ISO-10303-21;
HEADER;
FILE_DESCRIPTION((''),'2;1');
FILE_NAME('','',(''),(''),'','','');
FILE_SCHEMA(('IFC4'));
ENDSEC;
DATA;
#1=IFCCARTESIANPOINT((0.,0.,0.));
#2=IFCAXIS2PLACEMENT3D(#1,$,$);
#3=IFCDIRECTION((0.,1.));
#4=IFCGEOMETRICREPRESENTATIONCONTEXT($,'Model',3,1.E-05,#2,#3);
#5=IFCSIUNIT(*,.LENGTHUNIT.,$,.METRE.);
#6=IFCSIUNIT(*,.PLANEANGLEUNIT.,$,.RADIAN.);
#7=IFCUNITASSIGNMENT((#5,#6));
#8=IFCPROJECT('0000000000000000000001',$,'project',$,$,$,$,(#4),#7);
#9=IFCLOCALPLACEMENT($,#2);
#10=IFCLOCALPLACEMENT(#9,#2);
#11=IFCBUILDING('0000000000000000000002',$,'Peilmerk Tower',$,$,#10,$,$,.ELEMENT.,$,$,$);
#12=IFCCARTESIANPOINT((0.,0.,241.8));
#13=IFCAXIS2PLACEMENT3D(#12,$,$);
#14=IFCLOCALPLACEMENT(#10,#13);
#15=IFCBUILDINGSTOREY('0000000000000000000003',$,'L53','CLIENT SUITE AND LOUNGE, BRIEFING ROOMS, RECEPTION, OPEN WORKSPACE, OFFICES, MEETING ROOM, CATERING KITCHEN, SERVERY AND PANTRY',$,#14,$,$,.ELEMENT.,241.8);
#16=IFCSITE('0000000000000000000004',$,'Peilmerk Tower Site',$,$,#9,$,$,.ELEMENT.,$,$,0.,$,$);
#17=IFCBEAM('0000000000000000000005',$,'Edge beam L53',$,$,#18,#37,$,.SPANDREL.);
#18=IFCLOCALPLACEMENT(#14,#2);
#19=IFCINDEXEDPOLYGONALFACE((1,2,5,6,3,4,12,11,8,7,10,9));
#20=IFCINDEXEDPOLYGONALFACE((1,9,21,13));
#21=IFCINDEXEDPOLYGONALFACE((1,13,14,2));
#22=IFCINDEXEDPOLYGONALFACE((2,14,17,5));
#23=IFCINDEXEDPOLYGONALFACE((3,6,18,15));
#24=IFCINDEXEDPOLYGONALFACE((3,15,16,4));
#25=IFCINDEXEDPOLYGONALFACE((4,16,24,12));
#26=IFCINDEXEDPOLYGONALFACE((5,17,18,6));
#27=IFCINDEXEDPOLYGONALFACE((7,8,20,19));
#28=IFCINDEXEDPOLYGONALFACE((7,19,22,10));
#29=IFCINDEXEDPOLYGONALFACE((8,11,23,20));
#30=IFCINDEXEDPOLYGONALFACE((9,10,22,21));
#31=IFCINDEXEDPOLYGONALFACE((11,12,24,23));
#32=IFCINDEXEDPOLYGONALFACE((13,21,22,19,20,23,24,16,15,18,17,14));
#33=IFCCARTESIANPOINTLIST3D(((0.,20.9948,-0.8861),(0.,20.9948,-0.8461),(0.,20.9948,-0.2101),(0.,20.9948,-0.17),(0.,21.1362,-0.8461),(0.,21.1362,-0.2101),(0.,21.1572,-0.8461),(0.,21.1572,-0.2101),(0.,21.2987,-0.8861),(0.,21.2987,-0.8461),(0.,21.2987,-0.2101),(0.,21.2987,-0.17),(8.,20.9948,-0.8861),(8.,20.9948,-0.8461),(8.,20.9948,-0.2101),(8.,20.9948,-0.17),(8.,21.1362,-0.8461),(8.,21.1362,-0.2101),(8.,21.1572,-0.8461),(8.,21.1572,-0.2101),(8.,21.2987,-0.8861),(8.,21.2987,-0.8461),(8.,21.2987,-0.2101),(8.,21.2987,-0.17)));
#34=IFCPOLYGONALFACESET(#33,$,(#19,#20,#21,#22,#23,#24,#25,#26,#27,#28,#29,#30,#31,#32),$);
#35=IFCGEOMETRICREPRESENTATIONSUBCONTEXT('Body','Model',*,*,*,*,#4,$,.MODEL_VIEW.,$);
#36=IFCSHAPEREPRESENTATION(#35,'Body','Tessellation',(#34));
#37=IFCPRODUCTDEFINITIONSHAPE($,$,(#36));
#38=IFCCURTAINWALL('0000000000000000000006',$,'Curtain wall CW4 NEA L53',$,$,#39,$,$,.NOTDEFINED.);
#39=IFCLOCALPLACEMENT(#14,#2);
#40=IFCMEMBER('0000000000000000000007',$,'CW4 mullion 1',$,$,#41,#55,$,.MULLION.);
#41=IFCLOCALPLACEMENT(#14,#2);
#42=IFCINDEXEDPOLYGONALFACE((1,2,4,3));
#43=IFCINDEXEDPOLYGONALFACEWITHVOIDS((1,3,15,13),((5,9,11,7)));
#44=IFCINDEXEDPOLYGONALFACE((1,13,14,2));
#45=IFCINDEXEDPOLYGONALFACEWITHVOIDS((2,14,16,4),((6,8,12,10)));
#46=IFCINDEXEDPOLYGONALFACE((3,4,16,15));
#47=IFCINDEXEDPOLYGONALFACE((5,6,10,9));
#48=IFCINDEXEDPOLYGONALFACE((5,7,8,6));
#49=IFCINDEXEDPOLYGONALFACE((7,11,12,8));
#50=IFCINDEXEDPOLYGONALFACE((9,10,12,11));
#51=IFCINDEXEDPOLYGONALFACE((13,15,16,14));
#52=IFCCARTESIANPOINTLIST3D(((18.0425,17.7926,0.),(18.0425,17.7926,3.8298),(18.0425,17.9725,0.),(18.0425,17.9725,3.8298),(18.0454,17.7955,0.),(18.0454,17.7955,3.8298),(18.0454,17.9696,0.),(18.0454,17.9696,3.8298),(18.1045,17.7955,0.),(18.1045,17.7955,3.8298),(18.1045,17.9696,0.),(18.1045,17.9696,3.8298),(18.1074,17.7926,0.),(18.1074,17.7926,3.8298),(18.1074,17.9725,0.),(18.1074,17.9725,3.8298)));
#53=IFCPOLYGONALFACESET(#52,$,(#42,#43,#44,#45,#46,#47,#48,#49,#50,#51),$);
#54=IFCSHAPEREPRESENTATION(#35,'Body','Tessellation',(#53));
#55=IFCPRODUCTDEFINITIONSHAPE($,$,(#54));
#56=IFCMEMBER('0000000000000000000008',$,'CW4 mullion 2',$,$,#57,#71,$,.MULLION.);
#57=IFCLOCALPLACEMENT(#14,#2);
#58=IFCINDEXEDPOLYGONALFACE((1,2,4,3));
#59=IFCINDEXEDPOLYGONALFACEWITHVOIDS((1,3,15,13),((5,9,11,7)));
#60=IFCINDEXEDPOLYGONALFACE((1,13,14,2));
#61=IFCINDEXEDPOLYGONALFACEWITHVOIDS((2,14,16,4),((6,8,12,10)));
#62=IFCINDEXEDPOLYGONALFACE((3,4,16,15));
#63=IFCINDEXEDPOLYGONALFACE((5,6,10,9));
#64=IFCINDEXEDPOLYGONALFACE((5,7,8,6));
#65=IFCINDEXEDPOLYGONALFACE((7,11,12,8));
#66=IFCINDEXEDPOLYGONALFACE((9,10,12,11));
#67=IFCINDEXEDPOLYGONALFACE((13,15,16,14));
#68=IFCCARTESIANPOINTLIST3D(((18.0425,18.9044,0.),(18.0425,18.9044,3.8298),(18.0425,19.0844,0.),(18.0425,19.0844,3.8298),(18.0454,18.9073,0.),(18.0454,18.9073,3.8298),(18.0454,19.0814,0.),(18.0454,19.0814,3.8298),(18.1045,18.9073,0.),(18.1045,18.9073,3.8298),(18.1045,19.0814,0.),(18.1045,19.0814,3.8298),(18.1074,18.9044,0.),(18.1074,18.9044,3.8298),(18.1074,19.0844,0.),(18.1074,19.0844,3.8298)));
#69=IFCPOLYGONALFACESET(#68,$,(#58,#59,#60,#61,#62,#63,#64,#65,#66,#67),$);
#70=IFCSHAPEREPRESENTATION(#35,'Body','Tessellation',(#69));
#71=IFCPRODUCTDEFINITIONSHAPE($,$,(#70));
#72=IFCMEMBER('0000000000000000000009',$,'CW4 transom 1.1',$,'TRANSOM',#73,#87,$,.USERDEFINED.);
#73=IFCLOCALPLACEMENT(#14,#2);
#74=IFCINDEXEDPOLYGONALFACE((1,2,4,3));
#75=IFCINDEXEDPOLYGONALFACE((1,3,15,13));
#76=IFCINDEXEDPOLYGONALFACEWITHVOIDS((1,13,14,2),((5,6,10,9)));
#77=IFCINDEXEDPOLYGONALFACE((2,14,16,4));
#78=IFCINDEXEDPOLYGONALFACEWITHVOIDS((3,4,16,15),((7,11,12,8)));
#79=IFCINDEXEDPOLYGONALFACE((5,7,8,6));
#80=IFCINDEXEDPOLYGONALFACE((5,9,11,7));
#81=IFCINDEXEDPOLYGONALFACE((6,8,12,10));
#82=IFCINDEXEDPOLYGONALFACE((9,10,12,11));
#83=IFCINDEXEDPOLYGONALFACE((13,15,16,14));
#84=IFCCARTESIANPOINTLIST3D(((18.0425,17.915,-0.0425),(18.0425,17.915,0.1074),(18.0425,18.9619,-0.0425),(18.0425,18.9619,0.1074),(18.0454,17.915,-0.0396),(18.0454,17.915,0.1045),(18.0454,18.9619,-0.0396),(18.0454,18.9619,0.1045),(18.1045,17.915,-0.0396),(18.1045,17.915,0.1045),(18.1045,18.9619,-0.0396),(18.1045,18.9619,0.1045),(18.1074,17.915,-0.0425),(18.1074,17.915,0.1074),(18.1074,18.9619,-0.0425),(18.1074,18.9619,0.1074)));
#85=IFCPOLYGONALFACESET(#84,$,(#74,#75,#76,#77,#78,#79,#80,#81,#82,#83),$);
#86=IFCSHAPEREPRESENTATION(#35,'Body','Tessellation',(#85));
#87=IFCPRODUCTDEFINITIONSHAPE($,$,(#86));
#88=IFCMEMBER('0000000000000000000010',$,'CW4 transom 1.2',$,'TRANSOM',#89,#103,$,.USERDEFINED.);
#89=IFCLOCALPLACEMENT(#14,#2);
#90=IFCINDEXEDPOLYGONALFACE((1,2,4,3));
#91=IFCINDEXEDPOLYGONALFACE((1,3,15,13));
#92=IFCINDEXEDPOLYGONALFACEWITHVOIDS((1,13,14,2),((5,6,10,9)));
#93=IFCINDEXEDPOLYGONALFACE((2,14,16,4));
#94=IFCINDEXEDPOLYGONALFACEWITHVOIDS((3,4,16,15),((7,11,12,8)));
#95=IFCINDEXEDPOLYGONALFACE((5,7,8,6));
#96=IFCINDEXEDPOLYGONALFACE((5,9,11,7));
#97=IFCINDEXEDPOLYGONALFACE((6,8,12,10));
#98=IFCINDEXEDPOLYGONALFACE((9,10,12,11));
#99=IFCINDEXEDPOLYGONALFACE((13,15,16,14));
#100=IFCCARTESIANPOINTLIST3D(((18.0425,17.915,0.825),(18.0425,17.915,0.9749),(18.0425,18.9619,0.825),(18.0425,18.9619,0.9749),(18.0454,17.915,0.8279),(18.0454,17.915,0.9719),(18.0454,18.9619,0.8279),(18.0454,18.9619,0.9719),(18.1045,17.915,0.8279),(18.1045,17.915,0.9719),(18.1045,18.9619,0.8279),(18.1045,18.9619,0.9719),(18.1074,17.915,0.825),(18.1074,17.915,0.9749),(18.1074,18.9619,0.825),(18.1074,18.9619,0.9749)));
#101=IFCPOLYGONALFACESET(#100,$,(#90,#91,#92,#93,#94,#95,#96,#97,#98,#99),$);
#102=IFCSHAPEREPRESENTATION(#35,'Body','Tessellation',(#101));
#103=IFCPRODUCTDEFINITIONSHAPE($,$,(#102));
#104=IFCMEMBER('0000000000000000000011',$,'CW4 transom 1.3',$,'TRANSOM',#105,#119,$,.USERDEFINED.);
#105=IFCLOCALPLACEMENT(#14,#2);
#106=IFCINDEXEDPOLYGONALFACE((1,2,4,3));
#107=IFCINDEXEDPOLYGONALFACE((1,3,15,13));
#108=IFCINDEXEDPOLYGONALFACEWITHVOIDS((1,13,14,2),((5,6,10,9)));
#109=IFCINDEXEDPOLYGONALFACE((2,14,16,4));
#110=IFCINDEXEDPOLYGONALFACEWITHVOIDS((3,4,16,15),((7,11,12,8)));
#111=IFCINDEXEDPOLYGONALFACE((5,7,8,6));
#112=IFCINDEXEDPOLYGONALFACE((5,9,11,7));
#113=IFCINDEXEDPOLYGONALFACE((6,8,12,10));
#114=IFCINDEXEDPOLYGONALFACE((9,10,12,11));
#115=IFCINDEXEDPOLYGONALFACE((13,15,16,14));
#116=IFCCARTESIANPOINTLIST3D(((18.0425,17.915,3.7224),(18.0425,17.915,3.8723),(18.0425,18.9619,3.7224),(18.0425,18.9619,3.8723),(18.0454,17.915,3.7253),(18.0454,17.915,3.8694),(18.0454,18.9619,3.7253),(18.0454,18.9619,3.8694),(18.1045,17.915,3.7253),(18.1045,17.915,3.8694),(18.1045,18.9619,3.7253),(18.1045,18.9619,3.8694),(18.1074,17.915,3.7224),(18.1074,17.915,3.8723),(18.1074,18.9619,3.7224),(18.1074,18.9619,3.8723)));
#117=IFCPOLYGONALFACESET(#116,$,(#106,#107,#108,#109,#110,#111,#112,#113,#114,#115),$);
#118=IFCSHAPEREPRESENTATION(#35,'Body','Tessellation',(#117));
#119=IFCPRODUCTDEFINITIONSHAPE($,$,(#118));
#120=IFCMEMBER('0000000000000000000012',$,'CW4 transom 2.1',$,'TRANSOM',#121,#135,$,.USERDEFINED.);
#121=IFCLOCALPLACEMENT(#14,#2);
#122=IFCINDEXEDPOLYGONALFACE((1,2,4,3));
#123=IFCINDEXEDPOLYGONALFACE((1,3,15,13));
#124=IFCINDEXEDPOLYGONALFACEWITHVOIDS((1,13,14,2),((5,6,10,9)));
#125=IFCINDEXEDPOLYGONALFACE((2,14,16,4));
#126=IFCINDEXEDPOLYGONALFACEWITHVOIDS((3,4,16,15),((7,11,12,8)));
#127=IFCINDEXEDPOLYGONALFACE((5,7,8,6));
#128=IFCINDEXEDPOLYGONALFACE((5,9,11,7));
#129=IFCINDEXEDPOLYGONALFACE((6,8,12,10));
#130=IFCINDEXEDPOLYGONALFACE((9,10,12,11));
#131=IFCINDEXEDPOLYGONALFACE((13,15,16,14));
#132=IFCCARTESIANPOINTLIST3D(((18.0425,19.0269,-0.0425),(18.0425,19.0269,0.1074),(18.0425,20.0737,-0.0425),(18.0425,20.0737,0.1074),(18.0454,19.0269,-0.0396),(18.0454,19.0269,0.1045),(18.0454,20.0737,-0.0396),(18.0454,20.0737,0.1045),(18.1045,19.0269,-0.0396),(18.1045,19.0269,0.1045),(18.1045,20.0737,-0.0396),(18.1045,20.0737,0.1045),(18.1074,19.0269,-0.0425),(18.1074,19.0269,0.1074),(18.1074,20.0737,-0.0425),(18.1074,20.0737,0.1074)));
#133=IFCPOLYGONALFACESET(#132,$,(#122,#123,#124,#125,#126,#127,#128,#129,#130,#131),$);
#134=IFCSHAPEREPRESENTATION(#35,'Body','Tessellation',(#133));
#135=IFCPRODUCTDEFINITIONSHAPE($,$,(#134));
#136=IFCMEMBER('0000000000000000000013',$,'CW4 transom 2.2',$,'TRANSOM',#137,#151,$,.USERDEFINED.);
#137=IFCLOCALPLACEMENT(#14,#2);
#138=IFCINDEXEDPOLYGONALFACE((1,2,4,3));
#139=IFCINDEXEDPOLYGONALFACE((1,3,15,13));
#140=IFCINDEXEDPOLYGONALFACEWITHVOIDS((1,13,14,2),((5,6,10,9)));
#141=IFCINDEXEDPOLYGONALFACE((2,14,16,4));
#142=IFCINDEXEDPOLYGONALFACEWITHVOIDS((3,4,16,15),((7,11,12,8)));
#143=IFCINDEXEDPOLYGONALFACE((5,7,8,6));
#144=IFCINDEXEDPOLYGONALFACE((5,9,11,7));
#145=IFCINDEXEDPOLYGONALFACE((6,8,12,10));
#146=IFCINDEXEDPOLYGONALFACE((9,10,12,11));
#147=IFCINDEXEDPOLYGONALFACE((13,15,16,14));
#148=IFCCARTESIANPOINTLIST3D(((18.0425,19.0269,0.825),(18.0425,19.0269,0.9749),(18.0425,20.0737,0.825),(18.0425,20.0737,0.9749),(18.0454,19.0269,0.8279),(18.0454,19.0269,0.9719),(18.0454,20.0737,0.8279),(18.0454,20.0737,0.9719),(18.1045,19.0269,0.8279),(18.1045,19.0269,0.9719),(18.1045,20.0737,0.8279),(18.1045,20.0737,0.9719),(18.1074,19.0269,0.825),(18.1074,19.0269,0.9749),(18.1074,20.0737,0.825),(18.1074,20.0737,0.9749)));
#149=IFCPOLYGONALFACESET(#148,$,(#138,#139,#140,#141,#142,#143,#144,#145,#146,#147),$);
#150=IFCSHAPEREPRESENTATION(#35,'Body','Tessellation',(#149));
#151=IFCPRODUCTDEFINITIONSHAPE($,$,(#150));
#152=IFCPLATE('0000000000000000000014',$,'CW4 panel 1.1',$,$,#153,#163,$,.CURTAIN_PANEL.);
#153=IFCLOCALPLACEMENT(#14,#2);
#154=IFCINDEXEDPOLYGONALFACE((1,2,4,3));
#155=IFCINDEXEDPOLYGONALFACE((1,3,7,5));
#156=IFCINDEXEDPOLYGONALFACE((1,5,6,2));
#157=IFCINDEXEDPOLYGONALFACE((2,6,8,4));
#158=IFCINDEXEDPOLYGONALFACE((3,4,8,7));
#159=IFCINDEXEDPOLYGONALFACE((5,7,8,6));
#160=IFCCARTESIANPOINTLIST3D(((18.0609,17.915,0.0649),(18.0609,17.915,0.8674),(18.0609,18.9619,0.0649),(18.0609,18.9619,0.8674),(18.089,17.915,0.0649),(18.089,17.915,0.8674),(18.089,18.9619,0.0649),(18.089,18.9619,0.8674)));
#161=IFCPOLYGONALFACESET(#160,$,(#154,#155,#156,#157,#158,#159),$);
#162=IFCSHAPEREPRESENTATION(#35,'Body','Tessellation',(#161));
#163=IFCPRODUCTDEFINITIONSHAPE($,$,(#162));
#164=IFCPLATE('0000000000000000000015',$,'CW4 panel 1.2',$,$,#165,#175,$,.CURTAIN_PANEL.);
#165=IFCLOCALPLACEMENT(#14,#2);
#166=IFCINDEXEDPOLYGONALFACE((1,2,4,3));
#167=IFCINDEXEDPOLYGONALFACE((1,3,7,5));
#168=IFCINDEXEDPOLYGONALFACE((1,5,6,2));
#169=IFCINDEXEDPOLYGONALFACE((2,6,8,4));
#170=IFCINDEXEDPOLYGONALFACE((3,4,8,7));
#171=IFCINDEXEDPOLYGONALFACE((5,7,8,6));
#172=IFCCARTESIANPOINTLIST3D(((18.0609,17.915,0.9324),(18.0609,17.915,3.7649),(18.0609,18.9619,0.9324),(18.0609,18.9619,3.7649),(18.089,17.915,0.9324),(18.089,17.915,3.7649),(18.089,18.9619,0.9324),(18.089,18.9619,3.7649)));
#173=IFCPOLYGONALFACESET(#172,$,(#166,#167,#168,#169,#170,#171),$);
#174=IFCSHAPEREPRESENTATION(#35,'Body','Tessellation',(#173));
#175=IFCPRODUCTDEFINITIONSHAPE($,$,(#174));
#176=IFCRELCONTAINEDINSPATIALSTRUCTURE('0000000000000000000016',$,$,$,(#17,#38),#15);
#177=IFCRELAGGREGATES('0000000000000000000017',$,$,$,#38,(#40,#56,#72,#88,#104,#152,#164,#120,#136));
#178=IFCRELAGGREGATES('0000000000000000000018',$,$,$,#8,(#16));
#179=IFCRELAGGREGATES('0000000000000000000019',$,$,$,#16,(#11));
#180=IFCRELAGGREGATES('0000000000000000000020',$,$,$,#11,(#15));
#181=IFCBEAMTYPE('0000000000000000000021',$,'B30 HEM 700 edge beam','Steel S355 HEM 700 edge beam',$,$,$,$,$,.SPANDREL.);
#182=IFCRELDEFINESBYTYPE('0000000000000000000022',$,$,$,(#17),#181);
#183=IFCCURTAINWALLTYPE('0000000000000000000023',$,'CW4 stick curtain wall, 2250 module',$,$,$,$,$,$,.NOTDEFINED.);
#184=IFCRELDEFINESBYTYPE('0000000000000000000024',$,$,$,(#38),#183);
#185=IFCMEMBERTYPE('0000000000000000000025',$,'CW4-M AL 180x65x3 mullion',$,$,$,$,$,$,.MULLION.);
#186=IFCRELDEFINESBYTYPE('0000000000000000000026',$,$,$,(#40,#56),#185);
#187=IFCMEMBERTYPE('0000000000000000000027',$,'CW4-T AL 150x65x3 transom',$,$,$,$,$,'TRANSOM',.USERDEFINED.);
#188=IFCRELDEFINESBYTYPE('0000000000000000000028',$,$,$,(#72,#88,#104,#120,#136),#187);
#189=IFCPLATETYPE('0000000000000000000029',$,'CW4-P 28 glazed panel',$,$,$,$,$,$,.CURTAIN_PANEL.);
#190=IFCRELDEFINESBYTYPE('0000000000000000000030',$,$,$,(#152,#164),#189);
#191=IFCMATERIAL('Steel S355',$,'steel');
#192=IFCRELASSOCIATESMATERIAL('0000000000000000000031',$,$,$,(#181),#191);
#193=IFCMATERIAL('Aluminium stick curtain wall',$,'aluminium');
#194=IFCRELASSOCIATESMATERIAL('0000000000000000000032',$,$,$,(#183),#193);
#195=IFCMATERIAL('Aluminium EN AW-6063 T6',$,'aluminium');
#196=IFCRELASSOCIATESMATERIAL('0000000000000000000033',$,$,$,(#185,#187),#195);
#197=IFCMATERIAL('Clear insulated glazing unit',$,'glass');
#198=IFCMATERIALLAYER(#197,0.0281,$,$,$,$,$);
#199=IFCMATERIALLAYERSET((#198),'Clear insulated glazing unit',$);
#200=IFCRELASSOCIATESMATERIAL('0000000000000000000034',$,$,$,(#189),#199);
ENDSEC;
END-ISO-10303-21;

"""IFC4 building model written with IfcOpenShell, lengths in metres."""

from ifc_helpers import new_model, si_unit, direction, frame, origin, origin_2d, place, context, subcontext, project, spatial, rectangle, hollow_rectangle, i_section, extrude, material, layer, layer_set, material_profile, profile_set, type_object, element, aggregate, save


model = new_model("IFC4")

# Units and contexts
model_context = context("Model", 3, precision=1e-05, world=origin(), true_north=direction((0.0, 1.0)))
body_context = subcontext(model_context, "Body", "Model", "MODEL_VIEW")
ifc_project = project(units=[si_unit("LENGTHUNIT", "METRE"), si_unit("PLANEANGLEUNIT", "RADIAN")], contexts=[model_context])

# Site, building, storey
site_placement = place(None, origin())
site = spatial("IfcSite", under=ifc_project, at=site_placement, Name="Peilmerk Tower Site", CompositionType="ELEMENT", RefElevation=0.0)
building_placement = place(site_placement, origin())
building = spatial("IfcBuilding", under=site, at=building_placement, Name="Peilmerk Tower", CompositionType="ELEMENT")
storey_placement = place(building_placement, frame((0.0, 0.0, 241.8)))
storey = spatial("IfcBuildingStorey", under=building, at=storey_placement, Name="L53", Description="CLIENT SUITE AND LOUNGE, BRIEFING ROOMS, RECEPTION, OPEN WORKSPACE, OFFICES, MEETING ROOM, CATERING KITCHEN, SERVERY AND PANTRY", CompositionType="ELEMENT", Elevation=241.8)

# Beam
ifc_material_1 = material(Name="Steel S355", Category="steel")
ifc_material_profile_1 = material_profile(ifc_material_1, i_section(OverallWidth=0.304, OverallDepth=0.7161, WebThickness=0.021, FlangeThickness=0.04, at=origin_2d()), Name="HEM 700")
ifc_profile_set_1 = profile_set([ifc_material_profile_1], Name="Steel S355")
beam_type_1 = type_object("IfcBeamType", Name="B30 HEM 700 edge beam", Description="Steel S355 HEM 700 edge beam", PredefinedType="SPANDREL", material=ifc_profile_set_1)
beam_1_placement = place(storey_placement, frame((8.0, 21.1467, -0.5281), z_axis=(-1.0, 0.0, 0.0), x_axis=(0.0, -1.0, 0.0)))
element("IfcBeam", 1, at=beam_1_placement, inside=storey, type_object=beam_type_1, Name="Edge beam L53", PredefinedType="SPANDREL", context=body_context, shape_type="SweptSolid", body=[
    extrude(i_section(OverallWidth=0.304, OverallDepth=0.7161, WebThickness=0.021, FlangeThickness=0.04, at=origin_2d()), origin(), (0.0, 0.0, 1.0), 8.0),
])

# Curtain wall, members, plates
ifc_material_2 = material(Name="Aluminium stick curtain wall", Category="aluminium")
curtain_wall_type = type_object("IfcCurtainWallType", Name="CW4 stick curtain wall, 2250 module", PredefinedType="NOTDEFINED", material=ifc_material_2)
curtain_wall_placement = place(storey_placement, origin())
curtain_wall = element("IfcCurtainWall", 2, at=curtain_wall_placement, inside=storey, type_object=curtain_wall_type, Name="Curtain wall CW4 NEA L53", PredefinedType="NOTDEFINED")
ifc_material_3 = material(Name="Aluminium EN AW-6063 T6", Category="aluminium")
ifc_material_profile_2 = material_profile(ifc_material_3, hollow_rectangle(XDim=0.0649, YDim=0.1799, WallThickness=0.0029, at=origin_2d()), Name="AL 180x65x3")
ifc_profile_set_2 = profile_set([ifc_material_profile_2], Name="Aluminium EN AW-6063 T6")
member_type_1 = type_object("IfcMemberType", Name="CW4-M AL 180x65x3 mullion", PredefinedType="MULLION", material=ifc_profile_set_2)
member_1_placement = place(storey_placement, frame((18.075, 17.8826, 0.0), z_axis=(0.0, 0.0, 1.0), x_axis=(-1.0, 0.0, 0.0)))
member_1 = element("IfcMember", 3, at=member_1_placement, type_object=member_type_1, Name="CW4 mullion 1", PredefinedType="MULLION", context=body_context, shape_type="SweptSolid", body=[
    extrude(hollow_rectangle(XDim=0.0649, YDim=0.1799, WallThickness=0.0029, at=origin_2d()), origin(), (0.0, 0.0, 1.0), 3.8298),
])
member_2_placement = place(storey_placement, frame((18.075, 18.9944, 0.0), z_axis=(0.0, 0.0, 1.0), x_axis=(-1.0, 0.0, 0.0)))
member_2 = element("IfcMember", 4, at=member_2_placement, type_object=member_type_1, Name="CW4 mullion 2", PredefinedType="MULLION", context=body_context, shape_type="SweptSolid", body=[
    extrude(hollow_rectangle(XDim=0.0649, YDim=0.1799, WallThickness=0.0029, at=origin_2d()), origin(), (0.0, 0.0, 1.0), 3.8298),
])
ifc_material_profile_3 = material_profile(ifc_material_3, hollow_rectangle(XDim=0.0649, YDim=0.1499, WallThickness=0.0029, at=origin_2d()), Name="AL 150x65x3")
ifc_profile_set_3 = profile_set([ifc_material_profile_3], Name="Aluminium EN AW-6063 T6")
member_type_2 = type_object("IfcMemberType", Name="CW4-T AL 150x65x3 transom", ElementType="TRANSOM", PredefinedType="USERDEFINED", material=ifc_profile_set_3)
member_3_placement = place(storey_placement, frame((18.075, 17.915, 0.0325), z_axis=(0.0, 1.0, 0.0), x_axis=(-1.0, 0.0, 0.0)))
member_3 = element("IfcMember", 5, at=member_3_placement, type_object=member_type_2, Name="CW4 transom 1.1", ObjectType="TRANSOM", PredefinedType="USERDEFINED", context=body_context, shape_type="SweptSolid", body=[
    extrude(hollow_rectangle(XDim=0.0649, YDim=0.1499, WallThickness=0.0029, at=origin_2d()), origin(), (0.0, 0.0, 1.0), 1.0469),
])
member_4_placement = place(storey_placement, frame((18.075, 17.915, 0.8999), z_axis=(0.0, 1.0, 0.0), x_axis=(-1.0, 0.0, 0.0)))
member_4 = element("IfcMember", 6, at=member_4_placement, type_object=member_type_2, Name="CW4 transom 1.2", ObjectType="TRANSOM", PredefinedType="USERDEFINED", context=body_context, shape_type="SweptSolid", body=[
    extrude(hollow_rectangle(XDim=0.0649, YDim=0.1499, WallThickness=0.0029, at=origin_2d()), origin(), (0.0, 0.0, 1.0), 1.0469),
])
member_5_placement = place(storey_placement, frame((18.075, 17.915, 3.7974), z_axis=(0.0, 1.0, 0.0), x_axis=(-1.0, 0.0, 0.0)))
member_5 = element("IfcMember", 7, at=member_5_placement, type_object=member_type_2, Name="CW4 transom 1.3", ObjectType="TRANSOM", PredefinedType="USERDEFINED", context=body_context, shape_type="SweptSolid", body=[
    extrude(hollow_rectangle(XDim=0.0649, YDim=0.1499, WallThickness=0.0029, at=origin_2d()), origin(), (0.0, 0.0, 1.0), 1.0469),
])
member_6_placement = place(storey_placement, frame((18.075, 19.0269, 0.0325), z_axis=(0.0, 1.0, 0.0), x_axis=(-1.0, 0.0, 0.0)))
member_6 = element("IfcMember", 8, at=member_6_placement, type_object=member_type_2, Name="CW4 transom 2.1", ObjectType="TRANSOM", PredefinedType="USERDEFINED", context=body_context, shape_type="SweptSolid", body=[
    extrude(hollow_rectangle(XDim=0.0649, YDim=0.1499, WallThickness=0.0029, at=origin_2d()), origin(), (0.0, 0.0, 1.0), 1.0469),
])
member_7_placement = place(storey_placement, frame((18.075, 19.0269, 0.8999), z_axis=(0.0, 1.0, 0.0), x_axis=(-1.0, 0.0, 0.0)))
member_7 = element("IfcMember", 9, at=member_7_placement, type_object=member_type_2, Name="CW4 transom 2.2", ObjectType="TRANSOM", PredefinedType="USERDEFINED", context=body_context, shape_type="SweptSolid", body=[
    extrude(hollow_rectangle(XDim=0.0649, YDim=0.1499, WallThickness=0.0029, at=origin_2d()), origin(), (0.0, 0.0, 1.0), 1.0469),
])
ifc_material_4 = material(Name="Clear insulated glazing unit", Category="glass")
ifc_layer_1 = layer(ifc_material_4, 0.0281)
ifc_layer_set_1 = layer_set([ifc_layer_1], Name="Clear insulated glazing unit")
plate_type = type_object("IfcPlateType", Name="CW4-P 28 glazed panel", PredefinedType="CURTAIN_PANEL", material=ifc_layer_set_1)
plate_1_placement = place(storey_placement, frame((18.075, 18.4385, 0.0649), z_axis=(0.0, 0.0, 1.0), x_axis=(0.0, 1.0, 0.0)))
plate_1 = element("IfcPlate", 10, at=plate_1_placement, type_object=plate_type, Name="CW4 panel 1.1", PredefinedType="CURTAIN_PANEL", context=body_context, shape_type="SweptSolid", body=[
    extrude(rectangle(XDim=1.0469, YDim=0.0281, at=origin_2d()), origin(), (0.0, 0.0, 1.0), 0.8025),
])
plate_2_placement = place(storey_placement, frame((18.075, 18.4385, 0.9324), z_axis=(0.0, 0.0, 1.0), x_axis=(0.0, 1.0, 0.0)))
plate_2 = element("IfcPlate", 11, at=plate_2_placement, type_object=plate_type, Name="CW4 panel 1.2", PredefinedType="CURTAIN_PANEL", context=body_context, shape_type="SweptSolid", body=[
    extrude(rectangle(XDim=1.0469, YDim=0.0281, at=origin_2d()), origin(), (0.0, 0.0, 1.0), 2.8325),
])
aggregate(curtain_wall, [member_1, member_2, member_3, member_4, member_5, plate_1, plate_2, member_6, member_7])

save(model, "model.ifc")
